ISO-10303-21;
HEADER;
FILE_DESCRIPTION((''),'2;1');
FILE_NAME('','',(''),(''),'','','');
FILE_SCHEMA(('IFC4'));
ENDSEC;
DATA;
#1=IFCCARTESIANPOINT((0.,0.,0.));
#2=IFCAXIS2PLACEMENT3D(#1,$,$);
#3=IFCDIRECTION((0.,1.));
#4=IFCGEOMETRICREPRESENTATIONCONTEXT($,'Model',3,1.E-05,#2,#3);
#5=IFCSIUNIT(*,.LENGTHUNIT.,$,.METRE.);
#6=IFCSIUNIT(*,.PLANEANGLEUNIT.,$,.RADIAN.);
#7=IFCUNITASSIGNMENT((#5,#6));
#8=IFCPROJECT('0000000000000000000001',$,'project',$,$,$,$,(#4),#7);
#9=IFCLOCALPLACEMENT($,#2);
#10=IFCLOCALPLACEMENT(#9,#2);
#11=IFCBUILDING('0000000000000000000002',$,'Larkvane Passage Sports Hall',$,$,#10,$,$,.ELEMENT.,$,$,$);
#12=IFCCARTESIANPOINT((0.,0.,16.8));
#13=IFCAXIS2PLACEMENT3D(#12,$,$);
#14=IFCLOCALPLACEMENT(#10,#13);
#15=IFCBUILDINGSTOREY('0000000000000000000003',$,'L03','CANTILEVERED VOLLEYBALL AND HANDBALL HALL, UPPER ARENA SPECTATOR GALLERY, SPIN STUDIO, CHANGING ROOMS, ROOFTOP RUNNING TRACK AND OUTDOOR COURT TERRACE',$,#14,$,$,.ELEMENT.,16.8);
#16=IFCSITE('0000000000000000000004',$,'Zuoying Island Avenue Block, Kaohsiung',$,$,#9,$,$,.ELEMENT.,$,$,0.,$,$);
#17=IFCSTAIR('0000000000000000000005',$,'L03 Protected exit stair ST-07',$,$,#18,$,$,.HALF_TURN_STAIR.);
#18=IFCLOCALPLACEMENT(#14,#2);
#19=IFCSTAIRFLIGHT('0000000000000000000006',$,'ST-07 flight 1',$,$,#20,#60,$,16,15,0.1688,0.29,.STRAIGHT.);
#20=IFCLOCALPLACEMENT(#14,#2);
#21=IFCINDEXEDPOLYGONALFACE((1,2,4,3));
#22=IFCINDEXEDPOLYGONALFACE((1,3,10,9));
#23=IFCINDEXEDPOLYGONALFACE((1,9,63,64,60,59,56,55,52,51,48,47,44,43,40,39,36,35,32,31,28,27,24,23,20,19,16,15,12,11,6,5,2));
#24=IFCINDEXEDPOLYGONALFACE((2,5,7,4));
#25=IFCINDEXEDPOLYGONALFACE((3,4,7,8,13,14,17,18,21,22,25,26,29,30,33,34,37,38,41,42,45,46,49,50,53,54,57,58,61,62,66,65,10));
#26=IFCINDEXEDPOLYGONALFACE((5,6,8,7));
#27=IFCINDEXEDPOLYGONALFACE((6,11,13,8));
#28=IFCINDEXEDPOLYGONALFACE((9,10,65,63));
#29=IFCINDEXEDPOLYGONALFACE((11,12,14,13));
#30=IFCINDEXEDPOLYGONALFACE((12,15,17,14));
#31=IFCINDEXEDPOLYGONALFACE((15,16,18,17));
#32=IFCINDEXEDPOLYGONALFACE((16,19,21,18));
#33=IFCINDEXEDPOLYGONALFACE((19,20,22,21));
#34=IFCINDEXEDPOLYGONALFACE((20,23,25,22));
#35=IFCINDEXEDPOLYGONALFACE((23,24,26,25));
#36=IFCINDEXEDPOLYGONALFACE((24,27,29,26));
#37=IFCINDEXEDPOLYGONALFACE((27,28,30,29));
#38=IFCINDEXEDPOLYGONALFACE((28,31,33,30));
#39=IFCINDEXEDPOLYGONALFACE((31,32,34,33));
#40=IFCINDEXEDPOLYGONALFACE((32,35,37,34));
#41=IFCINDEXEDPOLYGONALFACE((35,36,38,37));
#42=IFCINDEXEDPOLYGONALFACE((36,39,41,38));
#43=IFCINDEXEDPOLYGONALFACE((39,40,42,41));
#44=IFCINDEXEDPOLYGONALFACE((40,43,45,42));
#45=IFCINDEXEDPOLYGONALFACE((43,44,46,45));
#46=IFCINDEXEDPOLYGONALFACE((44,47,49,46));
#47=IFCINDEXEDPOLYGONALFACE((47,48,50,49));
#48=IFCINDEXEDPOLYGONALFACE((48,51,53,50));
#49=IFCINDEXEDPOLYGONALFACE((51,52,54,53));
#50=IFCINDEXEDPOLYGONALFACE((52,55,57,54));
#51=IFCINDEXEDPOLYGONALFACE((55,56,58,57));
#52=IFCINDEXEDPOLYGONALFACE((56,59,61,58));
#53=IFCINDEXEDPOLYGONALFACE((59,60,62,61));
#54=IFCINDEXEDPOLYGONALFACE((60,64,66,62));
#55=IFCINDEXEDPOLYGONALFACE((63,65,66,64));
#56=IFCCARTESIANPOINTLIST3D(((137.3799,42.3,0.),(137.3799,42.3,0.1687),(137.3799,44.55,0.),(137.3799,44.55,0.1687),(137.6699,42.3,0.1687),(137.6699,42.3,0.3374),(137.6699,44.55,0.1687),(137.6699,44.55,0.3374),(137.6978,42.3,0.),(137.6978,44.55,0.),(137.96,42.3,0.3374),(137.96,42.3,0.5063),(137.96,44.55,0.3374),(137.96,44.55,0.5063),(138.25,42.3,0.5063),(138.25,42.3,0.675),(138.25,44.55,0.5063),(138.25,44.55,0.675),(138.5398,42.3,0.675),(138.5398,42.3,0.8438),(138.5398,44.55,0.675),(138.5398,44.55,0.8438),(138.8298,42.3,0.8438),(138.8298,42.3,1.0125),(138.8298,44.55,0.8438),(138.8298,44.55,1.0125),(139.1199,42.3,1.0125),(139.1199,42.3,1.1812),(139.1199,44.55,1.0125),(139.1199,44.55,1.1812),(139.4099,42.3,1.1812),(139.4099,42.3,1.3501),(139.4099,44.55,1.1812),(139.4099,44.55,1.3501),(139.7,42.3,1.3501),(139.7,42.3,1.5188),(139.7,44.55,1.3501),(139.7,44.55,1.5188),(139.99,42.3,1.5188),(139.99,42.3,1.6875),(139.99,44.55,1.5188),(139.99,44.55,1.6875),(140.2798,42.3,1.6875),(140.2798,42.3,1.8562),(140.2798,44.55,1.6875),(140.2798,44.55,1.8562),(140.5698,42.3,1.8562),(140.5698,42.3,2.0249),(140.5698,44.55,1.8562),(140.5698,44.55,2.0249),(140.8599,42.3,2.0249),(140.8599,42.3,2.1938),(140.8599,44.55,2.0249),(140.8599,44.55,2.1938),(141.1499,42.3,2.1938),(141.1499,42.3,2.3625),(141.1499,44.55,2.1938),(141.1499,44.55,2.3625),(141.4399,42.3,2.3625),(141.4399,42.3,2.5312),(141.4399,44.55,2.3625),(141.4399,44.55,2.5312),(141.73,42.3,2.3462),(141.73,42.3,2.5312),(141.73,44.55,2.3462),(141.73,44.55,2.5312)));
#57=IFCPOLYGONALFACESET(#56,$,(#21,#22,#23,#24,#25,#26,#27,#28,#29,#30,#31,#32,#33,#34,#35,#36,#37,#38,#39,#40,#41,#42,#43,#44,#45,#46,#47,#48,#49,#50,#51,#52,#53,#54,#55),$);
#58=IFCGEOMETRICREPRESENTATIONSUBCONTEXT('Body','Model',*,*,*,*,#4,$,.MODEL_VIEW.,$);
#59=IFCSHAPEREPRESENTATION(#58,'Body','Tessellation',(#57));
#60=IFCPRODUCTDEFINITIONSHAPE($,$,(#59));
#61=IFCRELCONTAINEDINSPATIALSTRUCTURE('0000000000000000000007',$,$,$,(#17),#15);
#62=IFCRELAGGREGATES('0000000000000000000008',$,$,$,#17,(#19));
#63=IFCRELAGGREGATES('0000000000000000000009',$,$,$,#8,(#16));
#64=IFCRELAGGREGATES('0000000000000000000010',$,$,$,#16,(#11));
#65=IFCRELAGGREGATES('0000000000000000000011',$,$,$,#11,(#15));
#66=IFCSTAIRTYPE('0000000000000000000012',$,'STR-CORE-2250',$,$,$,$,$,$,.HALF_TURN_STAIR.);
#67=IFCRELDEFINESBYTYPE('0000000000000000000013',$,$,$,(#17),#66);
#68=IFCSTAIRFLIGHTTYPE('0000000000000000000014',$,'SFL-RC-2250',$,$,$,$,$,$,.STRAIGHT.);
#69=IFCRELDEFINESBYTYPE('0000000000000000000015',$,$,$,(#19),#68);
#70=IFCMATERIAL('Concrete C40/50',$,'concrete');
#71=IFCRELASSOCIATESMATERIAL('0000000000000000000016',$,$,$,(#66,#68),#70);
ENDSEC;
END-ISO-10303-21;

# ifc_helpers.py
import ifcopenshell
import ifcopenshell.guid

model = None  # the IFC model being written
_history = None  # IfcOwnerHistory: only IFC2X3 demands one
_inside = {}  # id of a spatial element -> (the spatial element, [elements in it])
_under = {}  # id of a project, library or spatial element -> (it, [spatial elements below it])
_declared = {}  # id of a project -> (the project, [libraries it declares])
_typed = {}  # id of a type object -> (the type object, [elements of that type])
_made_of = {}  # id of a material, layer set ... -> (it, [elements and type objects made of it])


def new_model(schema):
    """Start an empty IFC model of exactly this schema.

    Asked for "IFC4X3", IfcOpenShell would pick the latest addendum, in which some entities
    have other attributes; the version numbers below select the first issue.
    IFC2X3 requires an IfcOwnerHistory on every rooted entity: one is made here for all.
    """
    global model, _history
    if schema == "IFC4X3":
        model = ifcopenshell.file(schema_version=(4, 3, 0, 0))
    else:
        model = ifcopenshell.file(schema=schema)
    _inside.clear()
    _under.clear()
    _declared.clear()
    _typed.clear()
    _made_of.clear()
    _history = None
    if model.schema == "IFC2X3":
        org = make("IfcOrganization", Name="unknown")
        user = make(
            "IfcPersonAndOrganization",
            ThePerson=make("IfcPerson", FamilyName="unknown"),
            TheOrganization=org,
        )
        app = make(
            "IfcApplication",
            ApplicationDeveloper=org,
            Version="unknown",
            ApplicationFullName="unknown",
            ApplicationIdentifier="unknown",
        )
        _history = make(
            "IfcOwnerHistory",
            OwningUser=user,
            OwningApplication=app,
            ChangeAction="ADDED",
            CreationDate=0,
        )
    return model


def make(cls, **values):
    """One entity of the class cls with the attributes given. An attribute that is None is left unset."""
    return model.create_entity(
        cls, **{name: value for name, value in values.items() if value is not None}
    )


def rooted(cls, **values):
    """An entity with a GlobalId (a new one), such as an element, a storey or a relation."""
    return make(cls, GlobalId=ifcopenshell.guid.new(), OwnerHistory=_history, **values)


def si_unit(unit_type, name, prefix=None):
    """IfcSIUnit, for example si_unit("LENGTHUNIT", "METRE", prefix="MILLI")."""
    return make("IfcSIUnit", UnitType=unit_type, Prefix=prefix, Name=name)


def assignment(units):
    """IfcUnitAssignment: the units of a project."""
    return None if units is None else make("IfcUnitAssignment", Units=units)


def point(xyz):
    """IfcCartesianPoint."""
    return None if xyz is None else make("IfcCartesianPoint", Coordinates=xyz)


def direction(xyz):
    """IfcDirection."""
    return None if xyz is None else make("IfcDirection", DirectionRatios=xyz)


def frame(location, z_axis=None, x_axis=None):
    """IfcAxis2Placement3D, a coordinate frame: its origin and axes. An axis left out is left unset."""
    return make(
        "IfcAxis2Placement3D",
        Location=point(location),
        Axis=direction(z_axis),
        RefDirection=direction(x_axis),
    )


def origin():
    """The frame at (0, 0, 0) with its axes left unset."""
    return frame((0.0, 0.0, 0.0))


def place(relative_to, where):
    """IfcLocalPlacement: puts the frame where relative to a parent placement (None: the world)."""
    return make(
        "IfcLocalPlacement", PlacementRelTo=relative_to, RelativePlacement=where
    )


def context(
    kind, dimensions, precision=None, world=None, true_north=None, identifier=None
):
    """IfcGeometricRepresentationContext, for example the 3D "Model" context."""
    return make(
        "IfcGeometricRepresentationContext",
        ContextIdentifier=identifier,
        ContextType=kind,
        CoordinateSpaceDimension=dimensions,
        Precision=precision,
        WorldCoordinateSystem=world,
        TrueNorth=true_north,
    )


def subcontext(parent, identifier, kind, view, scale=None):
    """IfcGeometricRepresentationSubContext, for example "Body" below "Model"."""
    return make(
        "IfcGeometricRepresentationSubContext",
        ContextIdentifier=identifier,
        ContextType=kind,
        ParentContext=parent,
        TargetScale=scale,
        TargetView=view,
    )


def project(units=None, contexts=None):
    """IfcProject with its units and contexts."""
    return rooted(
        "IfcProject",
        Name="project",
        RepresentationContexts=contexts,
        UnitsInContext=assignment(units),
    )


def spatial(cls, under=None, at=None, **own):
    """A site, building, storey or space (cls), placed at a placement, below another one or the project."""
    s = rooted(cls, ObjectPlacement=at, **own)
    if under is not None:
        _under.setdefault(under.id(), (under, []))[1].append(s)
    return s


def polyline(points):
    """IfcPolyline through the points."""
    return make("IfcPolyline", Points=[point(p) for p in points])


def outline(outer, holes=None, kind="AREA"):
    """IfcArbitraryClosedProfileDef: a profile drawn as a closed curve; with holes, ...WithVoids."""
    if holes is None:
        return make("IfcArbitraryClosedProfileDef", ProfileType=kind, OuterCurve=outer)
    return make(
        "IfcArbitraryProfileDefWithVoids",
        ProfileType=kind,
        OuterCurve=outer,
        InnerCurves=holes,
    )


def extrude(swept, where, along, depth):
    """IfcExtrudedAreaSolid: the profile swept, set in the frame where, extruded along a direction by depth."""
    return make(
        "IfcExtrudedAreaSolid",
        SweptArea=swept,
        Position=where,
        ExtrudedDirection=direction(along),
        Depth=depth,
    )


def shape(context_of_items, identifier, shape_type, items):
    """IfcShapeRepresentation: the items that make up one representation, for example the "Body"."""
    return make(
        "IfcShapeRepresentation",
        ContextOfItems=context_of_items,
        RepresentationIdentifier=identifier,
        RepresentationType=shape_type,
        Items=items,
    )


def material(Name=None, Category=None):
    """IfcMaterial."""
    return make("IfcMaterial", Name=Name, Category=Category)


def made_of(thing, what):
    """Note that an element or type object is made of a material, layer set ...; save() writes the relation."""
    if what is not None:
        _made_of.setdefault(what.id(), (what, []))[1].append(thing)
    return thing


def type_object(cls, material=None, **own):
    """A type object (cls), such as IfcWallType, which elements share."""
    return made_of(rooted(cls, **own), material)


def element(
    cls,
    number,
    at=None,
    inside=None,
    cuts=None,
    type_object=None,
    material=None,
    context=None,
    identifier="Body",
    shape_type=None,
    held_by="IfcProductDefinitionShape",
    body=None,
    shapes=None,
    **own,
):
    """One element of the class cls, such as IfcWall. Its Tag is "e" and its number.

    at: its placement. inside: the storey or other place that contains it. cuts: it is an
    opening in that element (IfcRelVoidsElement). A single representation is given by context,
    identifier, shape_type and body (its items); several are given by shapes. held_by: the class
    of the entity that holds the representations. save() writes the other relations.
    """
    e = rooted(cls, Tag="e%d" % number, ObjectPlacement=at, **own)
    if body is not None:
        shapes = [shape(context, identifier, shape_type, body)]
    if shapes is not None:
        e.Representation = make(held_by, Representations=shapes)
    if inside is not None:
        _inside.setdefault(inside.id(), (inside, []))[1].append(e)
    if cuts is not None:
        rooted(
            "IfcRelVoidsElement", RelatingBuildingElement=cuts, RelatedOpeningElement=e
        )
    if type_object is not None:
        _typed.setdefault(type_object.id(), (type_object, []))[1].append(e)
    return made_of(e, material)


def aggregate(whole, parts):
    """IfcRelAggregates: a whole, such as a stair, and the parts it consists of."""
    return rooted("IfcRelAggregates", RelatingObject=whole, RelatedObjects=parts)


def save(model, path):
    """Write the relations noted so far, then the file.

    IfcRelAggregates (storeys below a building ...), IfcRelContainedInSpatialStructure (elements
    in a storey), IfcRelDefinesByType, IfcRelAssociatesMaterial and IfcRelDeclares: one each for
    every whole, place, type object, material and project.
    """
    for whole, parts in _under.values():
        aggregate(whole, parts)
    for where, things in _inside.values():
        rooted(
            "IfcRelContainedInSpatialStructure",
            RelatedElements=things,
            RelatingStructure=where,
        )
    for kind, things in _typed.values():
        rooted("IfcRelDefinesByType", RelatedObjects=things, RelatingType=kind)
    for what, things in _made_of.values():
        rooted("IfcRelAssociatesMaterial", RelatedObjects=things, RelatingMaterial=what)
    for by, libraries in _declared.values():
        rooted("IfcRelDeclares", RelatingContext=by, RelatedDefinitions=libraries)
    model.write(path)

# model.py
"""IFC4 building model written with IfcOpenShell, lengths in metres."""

from ifc_helpers import new_model, si_unit, direction, frame, origin, place, context, subcontext, project, spatial, polyline, outline, extrude, material, type_object, element, aggregate, save


model = new_model("IFC4")

# Units and contexts
model_context = context("Model", 3, precision=1e-05, world=origin(), true_north=direction((0.0, 1.0)))
body_context = subcontext(model_context, "Body", "Model", "MODEL_VIEW")
ifc_project = project(units=[si_unit("LENGTHUNIT", "METRE"), si_unit("PLANEANGLEUNIT", "RADIAN")], contexts=[model_context])

# Site, building, storey
site_placement = place(None, origin())
site = spatial("IfcSite", under=ifc_project, at=site_placement, Name="Zuoying Island Avenue Block, Kaohsiung", CompositionType="ELEMENT", RefElevation=0.0)
building_placement = place(site_placement, origin())
building = spatial("IfcBuilding", under=site, at=building_placement, Name="Larkvane Passage Sports Hall", CompositionType="ELEMENT")
storey_placement = place(building_placement, frame((0.0, 0.0, 16.8)))
storey = spatial("IfcBuildingStorey", under=building, at=storey_placement, Name="L03", Description="CANTILEVERED VOLLEYBALL AND HANDBALL HALL, UPPER ARENA SPECTATOR GALLERY, SPIN STUDIO, CHANGING ROOMS, ROOFTOP RUNNING TRACK AND OUTDOOR COURT TERRACE", CompositionType="ELEMENT", Elevation=16.8)

# Shared definitions
ifc_material_1 = material(Name="Concrete C40/50", Category="concrete")

# Stair, stair flight
stair_type = type_object("IfcStairType", Name="STR-CORE-2250", PredefinedType="HALF_TURN_STAIR", material=ifc_material_1)
stair_placement = place(storey_placement, origin())
stair = element("IfcStair", 1, at=stair_placement, inside=storey, type_object=stair_type, Name="L03 Protected exit stair ST-07", PredefinedType="HALF_TURN_STAIR")
stair_flight_type = type_object("IfcStairFlightType", Name="SFL-RC-2250", PredefinedType="STRAIGHT", material=ifc_material_1)
stair_flight_placement = place(storey_placement, frame((137.3799, 43.425, 0.0), z_axis=(0.0, 0.0, 1.0), x_axis=(1.0, 0.0, 0.0)))
stair_flight = element("IfcStairFlight", 2, at=stair_flight_placement, type_object=stair_flight_type, Name="ST-07 flight 1", NumberOfRisers=16, NumberOfTreads=15, PredefinedType="STRAIGHT", RiserHeight=0.1688, TreadLength=0.29, context=body_context, shape_type="SweptSolid", body=[
    extrude(outline(polyline([(0.0, 0.0), (0.0, 0.1687), (0.29, 0.1687), (0.29, 0.3374), (0.5801, 0.3374), (0.5801, 0.5063), (0.8701, 0.5063), (0.8701, 0.675), (1.1599, 0.675), (1.1599, 0.8438), (1.45, 0.8438), (1.45, 1.0125), (1.74, 1.0125), (1.74, 1.1812), (2.03, 1.1812), (2.03, 1.3501), (2.3201, 1.3501), (2.3201, 1.5188), (2.6101, 1.5188), (2.6101, 1.6875), (2.8999, 1.6875), (2.8999, 1.8562), (3.1899, 1.8562), (3.1899, 2.0249), (3.48, 2.0249), (3.48, 2.1938), (3.77, 2.1938), (3.77, 2.3625), (4.0601, 2.3625), (4.0601, 2.5312), (4.3501, 2.5312), (4.3501, 2.7), (4.3501, 2.3462), (0.3179, 0.0), (0.0, 0.0)])), frame((0.0, 1.125, 0.0), z_axis=(0.0, -1.0, 0.0), x_axis=(1.0, 0.0, 0.0)), (0.0, 0.0, 1.0), 2.25),
])
aggregate(stair, [stair_flight])

save(model, "model.ifc")
